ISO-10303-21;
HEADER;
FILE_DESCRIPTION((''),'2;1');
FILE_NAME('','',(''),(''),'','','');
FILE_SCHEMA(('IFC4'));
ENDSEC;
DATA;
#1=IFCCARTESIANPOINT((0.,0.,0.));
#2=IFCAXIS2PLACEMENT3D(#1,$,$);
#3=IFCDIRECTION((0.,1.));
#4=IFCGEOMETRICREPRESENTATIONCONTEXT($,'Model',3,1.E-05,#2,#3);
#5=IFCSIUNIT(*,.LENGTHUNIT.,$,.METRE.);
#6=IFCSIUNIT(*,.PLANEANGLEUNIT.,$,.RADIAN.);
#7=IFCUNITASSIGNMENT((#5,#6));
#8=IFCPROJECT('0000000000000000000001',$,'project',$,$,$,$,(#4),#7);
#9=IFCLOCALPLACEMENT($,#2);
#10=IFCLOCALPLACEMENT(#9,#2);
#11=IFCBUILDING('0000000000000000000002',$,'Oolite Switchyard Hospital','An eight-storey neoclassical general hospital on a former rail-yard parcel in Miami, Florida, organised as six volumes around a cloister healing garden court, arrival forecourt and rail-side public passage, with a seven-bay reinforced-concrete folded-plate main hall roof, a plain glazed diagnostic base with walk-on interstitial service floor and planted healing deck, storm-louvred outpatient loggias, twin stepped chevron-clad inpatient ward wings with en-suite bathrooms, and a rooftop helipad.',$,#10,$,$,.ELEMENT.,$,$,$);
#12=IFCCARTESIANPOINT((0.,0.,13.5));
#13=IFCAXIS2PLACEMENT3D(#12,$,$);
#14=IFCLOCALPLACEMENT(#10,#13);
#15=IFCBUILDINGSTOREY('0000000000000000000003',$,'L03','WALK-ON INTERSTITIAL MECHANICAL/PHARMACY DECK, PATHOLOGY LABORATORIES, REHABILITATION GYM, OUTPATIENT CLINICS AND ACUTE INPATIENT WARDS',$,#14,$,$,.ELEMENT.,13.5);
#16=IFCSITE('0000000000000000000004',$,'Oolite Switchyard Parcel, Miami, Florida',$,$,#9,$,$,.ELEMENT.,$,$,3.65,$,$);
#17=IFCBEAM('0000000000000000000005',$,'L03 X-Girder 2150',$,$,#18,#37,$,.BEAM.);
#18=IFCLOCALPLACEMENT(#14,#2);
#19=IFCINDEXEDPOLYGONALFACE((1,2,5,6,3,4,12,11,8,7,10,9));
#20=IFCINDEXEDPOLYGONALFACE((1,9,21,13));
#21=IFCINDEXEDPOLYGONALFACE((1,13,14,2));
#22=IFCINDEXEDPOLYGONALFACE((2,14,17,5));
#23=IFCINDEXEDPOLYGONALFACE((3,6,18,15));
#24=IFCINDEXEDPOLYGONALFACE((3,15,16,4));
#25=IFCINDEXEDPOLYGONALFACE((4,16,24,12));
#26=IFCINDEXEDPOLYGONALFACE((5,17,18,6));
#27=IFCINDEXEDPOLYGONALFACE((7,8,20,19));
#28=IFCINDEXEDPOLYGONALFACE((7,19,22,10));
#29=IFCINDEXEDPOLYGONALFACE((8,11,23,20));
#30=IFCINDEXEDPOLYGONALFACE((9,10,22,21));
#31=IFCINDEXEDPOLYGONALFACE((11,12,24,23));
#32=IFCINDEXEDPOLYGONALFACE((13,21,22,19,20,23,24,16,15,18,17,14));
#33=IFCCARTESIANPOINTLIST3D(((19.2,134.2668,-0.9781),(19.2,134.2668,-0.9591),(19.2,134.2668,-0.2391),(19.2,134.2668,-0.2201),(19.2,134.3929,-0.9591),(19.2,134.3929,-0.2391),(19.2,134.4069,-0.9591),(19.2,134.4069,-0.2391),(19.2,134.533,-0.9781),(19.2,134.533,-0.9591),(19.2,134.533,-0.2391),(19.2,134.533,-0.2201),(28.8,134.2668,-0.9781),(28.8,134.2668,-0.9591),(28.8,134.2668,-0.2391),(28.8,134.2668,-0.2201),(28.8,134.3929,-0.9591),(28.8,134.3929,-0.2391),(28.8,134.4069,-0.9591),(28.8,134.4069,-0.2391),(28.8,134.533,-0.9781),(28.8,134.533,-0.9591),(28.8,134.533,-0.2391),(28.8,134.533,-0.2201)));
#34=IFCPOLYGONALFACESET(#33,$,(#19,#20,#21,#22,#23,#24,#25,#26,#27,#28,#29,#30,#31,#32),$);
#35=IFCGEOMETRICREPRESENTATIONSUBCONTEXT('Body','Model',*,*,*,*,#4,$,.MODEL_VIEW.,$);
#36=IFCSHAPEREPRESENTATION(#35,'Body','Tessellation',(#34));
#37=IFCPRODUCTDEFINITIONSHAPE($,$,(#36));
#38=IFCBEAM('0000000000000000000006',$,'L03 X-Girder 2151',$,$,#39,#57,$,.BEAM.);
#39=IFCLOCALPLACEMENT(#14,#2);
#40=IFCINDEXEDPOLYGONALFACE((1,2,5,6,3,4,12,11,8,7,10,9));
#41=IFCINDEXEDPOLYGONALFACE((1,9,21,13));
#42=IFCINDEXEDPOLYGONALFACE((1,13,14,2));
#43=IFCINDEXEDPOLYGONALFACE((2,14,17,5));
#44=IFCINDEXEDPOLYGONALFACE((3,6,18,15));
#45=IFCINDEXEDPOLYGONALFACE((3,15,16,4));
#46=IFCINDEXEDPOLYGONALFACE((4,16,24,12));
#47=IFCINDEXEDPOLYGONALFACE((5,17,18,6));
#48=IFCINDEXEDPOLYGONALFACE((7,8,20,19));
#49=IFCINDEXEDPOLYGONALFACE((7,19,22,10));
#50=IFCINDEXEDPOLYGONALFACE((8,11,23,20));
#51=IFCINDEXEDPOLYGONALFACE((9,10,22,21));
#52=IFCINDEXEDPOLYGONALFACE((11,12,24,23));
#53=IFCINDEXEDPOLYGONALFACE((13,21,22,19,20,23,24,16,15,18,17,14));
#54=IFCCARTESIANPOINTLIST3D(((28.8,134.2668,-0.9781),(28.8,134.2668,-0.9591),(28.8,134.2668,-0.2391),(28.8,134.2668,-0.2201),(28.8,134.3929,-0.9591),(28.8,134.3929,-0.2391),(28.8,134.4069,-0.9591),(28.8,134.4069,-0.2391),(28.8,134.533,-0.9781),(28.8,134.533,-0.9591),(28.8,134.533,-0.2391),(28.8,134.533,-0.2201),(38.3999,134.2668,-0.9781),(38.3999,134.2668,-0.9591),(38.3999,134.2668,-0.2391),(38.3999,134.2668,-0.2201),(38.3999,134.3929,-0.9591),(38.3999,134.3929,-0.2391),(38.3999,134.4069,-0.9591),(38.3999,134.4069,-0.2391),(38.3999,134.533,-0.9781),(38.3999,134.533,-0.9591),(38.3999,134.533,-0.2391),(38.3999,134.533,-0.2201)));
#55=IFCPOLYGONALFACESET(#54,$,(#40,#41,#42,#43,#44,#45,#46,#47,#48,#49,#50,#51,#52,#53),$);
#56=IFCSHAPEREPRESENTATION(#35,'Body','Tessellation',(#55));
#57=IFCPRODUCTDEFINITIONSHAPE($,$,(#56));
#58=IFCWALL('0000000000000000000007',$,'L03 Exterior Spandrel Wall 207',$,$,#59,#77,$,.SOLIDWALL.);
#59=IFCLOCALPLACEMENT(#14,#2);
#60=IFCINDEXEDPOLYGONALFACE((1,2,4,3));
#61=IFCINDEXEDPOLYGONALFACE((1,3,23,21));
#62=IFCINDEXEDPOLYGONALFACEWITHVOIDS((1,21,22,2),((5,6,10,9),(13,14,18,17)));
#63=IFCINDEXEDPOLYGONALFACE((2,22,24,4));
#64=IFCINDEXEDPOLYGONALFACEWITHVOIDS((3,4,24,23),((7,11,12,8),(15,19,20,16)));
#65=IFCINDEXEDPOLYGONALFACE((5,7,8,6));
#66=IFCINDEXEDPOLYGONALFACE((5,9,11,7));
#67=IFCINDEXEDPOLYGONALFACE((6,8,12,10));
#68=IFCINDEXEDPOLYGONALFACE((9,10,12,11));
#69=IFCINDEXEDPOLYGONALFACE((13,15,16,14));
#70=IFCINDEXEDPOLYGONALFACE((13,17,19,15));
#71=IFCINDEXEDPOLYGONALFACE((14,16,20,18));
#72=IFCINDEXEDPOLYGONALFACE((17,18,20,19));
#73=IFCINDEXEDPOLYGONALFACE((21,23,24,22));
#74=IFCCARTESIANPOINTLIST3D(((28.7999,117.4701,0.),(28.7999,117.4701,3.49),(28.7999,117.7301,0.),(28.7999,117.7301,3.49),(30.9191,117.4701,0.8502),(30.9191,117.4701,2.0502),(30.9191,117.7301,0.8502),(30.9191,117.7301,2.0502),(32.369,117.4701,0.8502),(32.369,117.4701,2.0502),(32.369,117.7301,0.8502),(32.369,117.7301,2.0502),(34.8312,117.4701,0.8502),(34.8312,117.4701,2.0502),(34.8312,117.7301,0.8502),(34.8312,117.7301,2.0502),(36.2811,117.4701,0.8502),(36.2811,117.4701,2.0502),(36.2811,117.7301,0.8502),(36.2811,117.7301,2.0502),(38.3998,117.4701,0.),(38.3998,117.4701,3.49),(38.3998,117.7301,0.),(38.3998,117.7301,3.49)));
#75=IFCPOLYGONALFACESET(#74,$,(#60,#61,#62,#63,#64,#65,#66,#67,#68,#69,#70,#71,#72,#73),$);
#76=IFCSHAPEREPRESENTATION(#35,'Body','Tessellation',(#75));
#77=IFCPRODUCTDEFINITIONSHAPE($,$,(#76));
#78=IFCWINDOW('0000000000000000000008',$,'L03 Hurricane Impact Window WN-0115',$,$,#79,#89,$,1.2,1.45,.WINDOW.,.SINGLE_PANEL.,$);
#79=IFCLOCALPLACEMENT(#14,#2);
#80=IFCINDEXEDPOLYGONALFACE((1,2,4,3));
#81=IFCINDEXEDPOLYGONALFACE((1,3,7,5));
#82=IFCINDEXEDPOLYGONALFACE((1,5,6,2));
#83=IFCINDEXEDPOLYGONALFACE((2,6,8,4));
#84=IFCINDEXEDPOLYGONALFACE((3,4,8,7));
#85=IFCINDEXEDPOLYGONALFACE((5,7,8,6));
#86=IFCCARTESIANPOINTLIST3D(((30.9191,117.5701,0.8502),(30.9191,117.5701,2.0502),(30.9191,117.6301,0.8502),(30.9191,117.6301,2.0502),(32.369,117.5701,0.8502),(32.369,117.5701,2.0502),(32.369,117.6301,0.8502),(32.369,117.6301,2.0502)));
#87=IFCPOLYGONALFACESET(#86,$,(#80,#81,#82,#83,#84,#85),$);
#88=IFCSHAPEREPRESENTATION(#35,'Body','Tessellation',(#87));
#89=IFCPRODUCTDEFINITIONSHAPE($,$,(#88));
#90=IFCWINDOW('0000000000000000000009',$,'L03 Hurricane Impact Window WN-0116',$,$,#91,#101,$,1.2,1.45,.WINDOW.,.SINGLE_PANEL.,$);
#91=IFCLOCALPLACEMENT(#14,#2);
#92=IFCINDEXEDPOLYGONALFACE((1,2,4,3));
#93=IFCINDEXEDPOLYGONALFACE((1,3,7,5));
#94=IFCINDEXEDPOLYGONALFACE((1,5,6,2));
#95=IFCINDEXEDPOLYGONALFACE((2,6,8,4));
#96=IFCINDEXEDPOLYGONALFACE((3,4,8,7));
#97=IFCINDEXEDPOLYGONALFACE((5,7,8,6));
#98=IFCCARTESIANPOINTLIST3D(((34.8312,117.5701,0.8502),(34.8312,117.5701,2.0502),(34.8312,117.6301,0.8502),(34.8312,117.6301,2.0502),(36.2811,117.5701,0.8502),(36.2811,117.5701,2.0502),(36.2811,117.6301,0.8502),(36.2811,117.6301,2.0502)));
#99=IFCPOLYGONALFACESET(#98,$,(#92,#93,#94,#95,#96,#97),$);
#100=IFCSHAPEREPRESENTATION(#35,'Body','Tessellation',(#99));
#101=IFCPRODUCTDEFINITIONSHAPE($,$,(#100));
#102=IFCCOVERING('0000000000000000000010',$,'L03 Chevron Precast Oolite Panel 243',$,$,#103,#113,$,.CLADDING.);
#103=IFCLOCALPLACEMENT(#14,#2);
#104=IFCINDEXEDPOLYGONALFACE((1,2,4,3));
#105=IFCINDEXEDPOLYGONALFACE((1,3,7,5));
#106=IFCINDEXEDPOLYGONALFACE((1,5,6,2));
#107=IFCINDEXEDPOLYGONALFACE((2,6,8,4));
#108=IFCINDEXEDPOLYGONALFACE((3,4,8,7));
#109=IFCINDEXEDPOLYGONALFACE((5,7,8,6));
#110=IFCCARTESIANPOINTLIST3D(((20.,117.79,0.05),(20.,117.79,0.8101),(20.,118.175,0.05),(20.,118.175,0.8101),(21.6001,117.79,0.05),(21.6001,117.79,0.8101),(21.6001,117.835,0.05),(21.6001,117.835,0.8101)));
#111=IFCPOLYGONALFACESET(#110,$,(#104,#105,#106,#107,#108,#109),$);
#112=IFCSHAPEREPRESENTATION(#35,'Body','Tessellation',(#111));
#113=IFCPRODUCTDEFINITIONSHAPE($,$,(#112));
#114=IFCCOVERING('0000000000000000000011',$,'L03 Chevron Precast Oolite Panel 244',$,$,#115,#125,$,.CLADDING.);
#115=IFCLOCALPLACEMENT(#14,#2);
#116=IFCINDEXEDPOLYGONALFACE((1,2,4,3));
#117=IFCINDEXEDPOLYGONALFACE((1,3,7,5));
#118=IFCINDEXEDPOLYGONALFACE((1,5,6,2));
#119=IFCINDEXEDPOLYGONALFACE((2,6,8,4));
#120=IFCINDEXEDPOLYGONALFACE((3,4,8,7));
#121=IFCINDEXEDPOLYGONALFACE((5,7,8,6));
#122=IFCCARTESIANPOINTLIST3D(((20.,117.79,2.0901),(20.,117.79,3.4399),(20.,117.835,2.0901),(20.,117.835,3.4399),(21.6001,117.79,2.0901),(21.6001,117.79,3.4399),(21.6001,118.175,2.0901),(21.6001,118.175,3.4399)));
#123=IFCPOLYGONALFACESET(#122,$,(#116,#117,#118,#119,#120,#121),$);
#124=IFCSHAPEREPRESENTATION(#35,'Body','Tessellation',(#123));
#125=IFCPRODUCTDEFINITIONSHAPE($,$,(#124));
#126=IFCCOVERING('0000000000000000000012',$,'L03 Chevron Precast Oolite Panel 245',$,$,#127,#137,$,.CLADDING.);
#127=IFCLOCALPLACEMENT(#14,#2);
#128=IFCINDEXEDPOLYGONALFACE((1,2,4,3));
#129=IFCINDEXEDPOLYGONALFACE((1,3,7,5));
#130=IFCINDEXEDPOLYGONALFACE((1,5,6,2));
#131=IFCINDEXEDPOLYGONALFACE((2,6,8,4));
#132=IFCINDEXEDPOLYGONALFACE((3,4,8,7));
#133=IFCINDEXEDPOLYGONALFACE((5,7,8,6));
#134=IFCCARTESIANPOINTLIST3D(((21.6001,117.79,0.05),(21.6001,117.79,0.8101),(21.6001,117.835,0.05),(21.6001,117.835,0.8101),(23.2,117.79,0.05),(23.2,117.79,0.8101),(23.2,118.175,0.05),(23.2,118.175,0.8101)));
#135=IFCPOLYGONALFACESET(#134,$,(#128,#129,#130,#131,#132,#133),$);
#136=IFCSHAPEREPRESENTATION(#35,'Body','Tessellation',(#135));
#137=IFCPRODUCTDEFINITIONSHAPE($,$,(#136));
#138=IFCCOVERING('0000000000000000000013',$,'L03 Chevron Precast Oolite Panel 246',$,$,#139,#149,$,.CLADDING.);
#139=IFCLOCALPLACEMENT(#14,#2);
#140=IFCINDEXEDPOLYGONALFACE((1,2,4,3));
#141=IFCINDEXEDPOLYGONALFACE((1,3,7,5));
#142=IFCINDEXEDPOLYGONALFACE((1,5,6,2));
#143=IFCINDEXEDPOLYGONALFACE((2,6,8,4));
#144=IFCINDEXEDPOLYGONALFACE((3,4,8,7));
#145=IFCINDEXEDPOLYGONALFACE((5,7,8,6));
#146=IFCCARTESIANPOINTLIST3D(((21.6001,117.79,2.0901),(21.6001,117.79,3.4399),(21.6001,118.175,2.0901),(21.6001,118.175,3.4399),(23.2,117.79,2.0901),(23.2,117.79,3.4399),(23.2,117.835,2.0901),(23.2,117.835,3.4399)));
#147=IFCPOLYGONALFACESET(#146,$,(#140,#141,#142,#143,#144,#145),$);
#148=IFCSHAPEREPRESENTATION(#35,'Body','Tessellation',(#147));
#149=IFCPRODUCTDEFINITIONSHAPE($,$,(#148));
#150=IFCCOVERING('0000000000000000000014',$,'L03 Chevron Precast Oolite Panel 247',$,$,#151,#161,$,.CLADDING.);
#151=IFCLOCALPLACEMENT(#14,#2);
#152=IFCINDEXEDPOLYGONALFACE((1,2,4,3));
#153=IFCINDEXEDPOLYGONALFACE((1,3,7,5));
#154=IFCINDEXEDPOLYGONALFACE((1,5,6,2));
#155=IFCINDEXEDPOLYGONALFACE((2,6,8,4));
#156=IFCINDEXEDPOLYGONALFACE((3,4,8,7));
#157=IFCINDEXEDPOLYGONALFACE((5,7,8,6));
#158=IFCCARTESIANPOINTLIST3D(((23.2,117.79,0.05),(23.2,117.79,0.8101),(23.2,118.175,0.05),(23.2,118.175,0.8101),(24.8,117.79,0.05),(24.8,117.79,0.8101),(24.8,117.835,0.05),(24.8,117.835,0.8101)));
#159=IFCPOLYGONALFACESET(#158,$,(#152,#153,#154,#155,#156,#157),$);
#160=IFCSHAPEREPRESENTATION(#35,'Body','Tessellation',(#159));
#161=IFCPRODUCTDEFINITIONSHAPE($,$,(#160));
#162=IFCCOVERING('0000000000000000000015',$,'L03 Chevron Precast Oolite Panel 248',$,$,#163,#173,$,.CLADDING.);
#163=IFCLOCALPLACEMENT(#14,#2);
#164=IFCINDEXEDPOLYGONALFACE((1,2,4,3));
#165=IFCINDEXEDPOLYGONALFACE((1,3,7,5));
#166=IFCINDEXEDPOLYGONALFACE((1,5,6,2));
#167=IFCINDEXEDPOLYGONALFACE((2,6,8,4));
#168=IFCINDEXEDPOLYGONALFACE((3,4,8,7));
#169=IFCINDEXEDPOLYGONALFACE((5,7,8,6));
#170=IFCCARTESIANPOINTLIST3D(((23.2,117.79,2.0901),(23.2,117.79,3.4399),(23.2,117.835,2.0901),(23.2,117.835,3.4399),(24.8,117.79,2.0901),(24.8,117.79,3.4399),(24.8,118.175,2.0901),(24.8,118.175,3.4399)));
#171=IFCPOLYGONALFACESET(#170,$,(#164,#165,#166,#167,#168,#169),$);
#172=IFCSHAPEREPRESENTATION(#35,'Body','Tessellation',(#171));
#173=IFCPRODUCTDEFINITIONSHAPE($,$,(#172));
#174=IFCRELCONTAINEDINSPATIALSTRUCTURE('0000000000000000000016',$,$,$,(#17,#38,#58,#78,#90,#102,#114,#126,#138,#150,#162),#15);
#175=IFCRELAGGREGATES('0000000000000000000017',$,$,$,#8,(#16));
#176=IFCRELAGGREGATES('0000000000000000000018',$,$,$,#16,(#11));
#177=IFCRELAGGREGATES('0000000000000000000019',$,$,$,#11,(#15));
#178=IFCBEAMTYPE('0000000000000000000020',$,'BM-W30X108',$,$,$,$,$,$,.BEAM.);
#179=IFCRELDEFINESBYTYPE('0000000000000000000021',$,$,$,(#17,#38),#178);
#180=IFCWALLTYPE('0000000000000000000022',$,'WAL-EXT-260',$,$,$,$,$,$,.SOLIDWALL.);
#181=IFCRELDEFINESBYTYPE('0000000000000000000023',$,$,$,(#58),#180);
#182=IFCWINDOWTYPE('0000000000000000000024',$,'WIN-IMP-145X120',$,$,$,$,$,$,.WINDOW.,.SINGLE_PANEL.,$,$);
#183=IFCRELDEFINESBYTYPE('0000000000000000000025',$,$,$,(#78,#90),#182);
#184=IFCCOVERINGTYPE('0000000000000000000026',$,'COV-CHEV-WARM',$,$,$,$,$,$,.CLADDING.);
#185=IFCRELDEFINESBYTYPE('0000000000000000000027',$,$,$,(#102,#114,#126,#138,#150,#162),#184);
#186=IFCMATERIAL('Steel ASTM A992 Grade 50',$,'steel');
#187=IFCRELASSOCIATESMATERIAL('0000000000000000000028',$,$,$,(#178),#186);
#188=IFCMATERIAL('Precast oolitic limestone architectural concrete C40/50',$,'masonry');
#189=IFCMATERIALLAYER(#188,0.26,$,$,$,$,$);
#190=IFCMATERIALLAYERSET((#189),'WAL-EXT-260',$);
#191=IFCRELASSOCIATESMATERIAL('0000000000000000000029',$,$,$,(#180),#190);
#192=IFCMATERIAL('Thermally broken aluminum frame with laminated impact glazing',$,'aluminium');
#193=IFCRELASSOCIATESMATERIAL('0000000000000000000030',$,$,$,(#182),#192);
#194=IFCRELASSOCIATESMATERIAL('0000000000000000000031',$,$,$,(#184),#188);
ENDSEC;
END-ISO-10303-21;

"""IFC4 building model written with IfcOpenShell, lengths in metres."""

from ifc_helpers import new_model, si_unit, direction, frame, frame_2d, origin, origin_2d, place, context, subcontext, project, spatial, polyline, rectangle, i_section, outline, extrude, material, layer, layer_set, material_profile, profile_set, type_object, element, fill, save


model = new_model("IFC4")

# Units and contexts
model_context = context("Model", 3, precision=1e-05, world=origin(), true_north=direction((0.0, 1.0)))
body_context = subcontext(model_context, "Body", "Model", "MODEL_VIEW")
ifc_project = project(units=[si_unit("LENGTHUNIT", "METRE"), si_unit("PLANEANGLEUNIT", "RADIAN")], contexts=[model_context])

# Site, building, storey
site_placement = place(None, origin())
site = spatial("IfcSite", under=ifc_project, at=site_placement, Name="Oolite Switchyard Parcel, Miami, Florida", CompositionType="ELEMENT", RefElevation=3.65)
building_placement = place(site_placement, origin())
building = spatial("IfcBuilding", under=site, at=building_placement, Name="Oolite Switchyard Hospital", Description="An eight-storey neoclassical general hospital on a former rail-yard parcel in Miami, Florida, organised as six volumes around a cloister healing garden court, arrival forecourt and rail-side public passage, with a seven-bay reinforced-concrete folded-plate main hall roof, a plain glazed diagnostic base with walk-on interstitial service floor and planted healing deck, storm-louvred outpatient loggias, twin stepped chevron-clad inpatient ward wings with en-suite bathrooms, and a rooftop helipad.", CompositionType="ELEMENT")
storey_placement = place(building_placement, frame((0.0, 0.0, 13.5)))
storey = spatial("IfcBuildingStorey", under=building, at=storey_placement, Name="L03", Description="WALK-ON INTERSTITIAL MECHANICAL/PHARMACY DECK, PATHOLOGY LABORATORIES, REHABILITATION GYM, OUTPATIENT CLINICS AND ACUTE INPATIENT WARDS", CompositionType="ELEMENT", Elevation=13.5)

# Beams
ifc_material_1 = material(Name="Steel ASTM A992 Grade 50", Category="steel")
ifc_material_profile_1 = material_profile(ifc_material_1, i_section(OverallWidth=0.2661, OverallDepth=0.7581, WebThickness=0.0139, FlangeThickness=0.019, at=origin_2d()), Name="W30X108")
ifc_profile_set_1 = profile_set([ifc_material_profile_1], Name="Steel ASTM A992 Grade 50")
beam_type_1 = type_object("IfcBeamType", Name="BM-W30X108", PredefinedType="BEAM", material=ifc_profile_set_1)
beam_1_placement = place(storey_placement, frame((19.2, 134.3999, -0.5991), z_axis=(1.0, 0.0, 0.0), x_axis=(0.0, 1.0, 0.0)))
element("IfcBeam", 1, at=beam_1_placement, inside=storey, type_object=beam_type_1, Name="L03 X-Girder 2150", PredefinedType="BEAM", context=body_context, shape_type="SweptSolid", body=[
    extrude(i_section(OverallWidth=0.2661, OverallDepth=0.7581, WebThickness=0.0139, FlangeThickness=0.019, at=origin_2d()), origin(), (0.0, 0.0, 1.0), 9.6001),
])
beam_2_placement = place(storey_placement, frame((28.8, 134.3999, -0.5991), z_axis=(1.0, 0.0, 0.0), x_axis=(0.0, 1.0, 0.0)))
element("IfcBeam", 2, at=beam_2_placement, inside=storey, type_object=beam_type_1, Name="L03 X-Girder 2151", PredefinedType="BEAM", context=body_context, shape_type="SweptSolid", body=[
    extrude(i_section(OverallWidth=0.2661, OverallDepth=0.7581, WebThickness=0.0139, FlangeThickness=0.019, at=origin_2d()), origin(), (0.0, 0.0, 1.0), 9.5999),
])

# Wall, openings, windows
ifc_material_2 = material(Name="Precast oolitic limestone architectural concrete C40/50", Category="masonry")
ifc_layer = layer(ifc_material_2, 0.26)
ifc_layer_set = layer_set([ifc_layer], Name="WAL-EXT-260")
wall_type = type_object("IfcWallType", Name="WAL-EXT-260", PredefinedType="SOLIDWALL", material=ifc_layer_set)
wall_placement = place(storey_placement, frame((28.8, 117.6001, 0.0), z_axis=(0.0, 0.0, 1.0), x_axis=(1.0, 0.0, 0.0)))
wall = element("IfcWall", 3, at=wall_placement, inside=storey, type_object=wall_type, Name="L03 Exterior Spandrel Wall 207", PredefinedType="SOLIDWALL", context=body_context, shape_type="SweptSolid", body=[
    extrude(rectangle(XDim=9.5999, YDim=0.26, at=frame_2d((4.7998, 0.0))), origin(), (0.0, 0.0, 1.0), 3.49),
])
opening_1_placement = place(wall_placement, frame((2.1189, 0.0, 0.8501)))
opening_1 = element("IfcOpeningElement", 4, at=opening_1_placement, cuts=wall, PredefinedType="OPENING", context=body_context, shape_type="SweptSolid", body=[
    extrude(rectangle(XDim=1.45, YDim=1.2, at=frame_2d((0.7251, 0.6001))), frame((0.0, 0.1401, 0.0), z_axis=(0.0, -1.0, 0.0), x_axis=(1.0, 0.0, 0.0)), (0.0, 0.0, 1.0), 0.28),
])
opening_2_placement = place(wall_placement, frame((6.031, 0.0, 0.8501)))
opening_2 = element("IfcOpeningElement", 5, at=opening_2_placement, cuts=wall, PredefinedType="OPENING", context=body_context, shape_type="SweptSolid", body=[
    extrude(rectangle(XDim=1.45, YDim=1.2, at=frame_2d((0.7251, 0.6001))), frame((0.0, 0.1401, 0.0), z_axis=(0.0, -1.0, 0.0), x_axis=(1.0, 0.0, 0.0)), (0.0, 0.0, 1.0), 0.28),
])
ifc_material_3 = material(Name="Thermally broken aluminum frame with laminated impact glazing", Category="aluminium")
window_type = type_object("IfcWindowType", Name="WIN-IMP-145X120", PartitioningType="SINGLE_PANEL", PredefinedType="WINDOW", material=ifc_material_3)
window_1_placement = place(opening_1_placement, origin())
window_1 = element("IfcWindow", 6, at=window_1_placement, inside=storey, type_object=window_type, Name="L03 Hurricane Impact Window WN-0115", OverallHeight=1.2, OverallWidth=1.45, PartitioningType="SINGLE_PANEL", PredefinedType="WINDOW", context=body_context, shape_type="SweptSolid", body=[
    extrude(rectangle(XDim=1.45, YDim=1.2, at=frame_2d((0.7251, 0.6001))), frame((0.0, 0.03, 0.0), z_axis=(0.0, -1.0, 0.0), x_axis=(1.0, 0.0, 0.0)), (0.0, 0.0, 1.0), 0.0601),
])
fill(opening_1, window_1)
window_2_placement = place(opening_2_placement, origin())
window_2 = element("IfcWindow", 7, at=window_2_placement, inside=storey, type_object=window_type, Name="L03 Hurricane Impact Window WN-0116", OverallHeight=1.2, OverallWidth=1.45, PartitioningType="SINGLE_PANEL", PredefinedType="WINDOW", context=body_context, shape_type="SweptSolid", body=[
    extrude(rectangle(XDim=1.45, YDim=1.2, at=frame_2d((0.7251, 0.6001))), frame((0.0, 0.03, 0.0), z_axis=(0.0, -1.0, 0.0), x_axis=(1.0, 0.0, 0.0)), (0.0, 0.0, 1.0), 0.0601),
])
fill(opening_2, window_2)

# Coverings
covering_type = type_object("IfcCoveringType", Name="COV-CHEV-WARM", PredefinedType="CLADDING", material=ifc_material_2)
covering_1_placement = place(storey_placement, frame((20.0, 117.79, 0.05), z_axis=(0.0, 0.0, 1.0), x_axis=(1.0, 0.0, 0.0)))
element("IfcCovering", 8, at=covering_1_placement, inside=storey, type_object=covering_type, Name="L03 Chevron Precast Oolite Panel 243", PredefinedType="CLADDING", context=body_context, shape_type="SweptSolid", body=[
    extrude(outline(polyline([(0.0, 0.0), (1.6001, 0.0), (1.6001, 0.0449), (0.0, 0.385), (0.0, 0.0)])), origin(), (0.0, 0.0, 1.0), 0.76),
])
covering_2_placement = place(storey_placement, frame((20.0, 117.79, 2.0901), z_axis=(0.0, 0.0, 1.0), x_axis=(1.0, 0.0, 0.0)))
element("IfcCovering", 9, at=covering_2_placement, inside=storey, type_object=covering_type, Name="L03 Chevron Precast Oolite Panel 244", PredefinedType="CLADDING", context=body_context, shape_type="SweptSolid", body=[
    extrude(outline(polyline([(0.0, 0.0), (1.6001, 0.0), (1.6001, 0.385), (0.0, 0.0449), (0.0, 0.0)])), origin(), (0.0, 0.0, 1.0), 1.3499),
])
covering_3_placement = place(storey_placement, frame((21.6001, 117.79, 0.05), z_axis=(0.0, 0.0, 1.0), x_axis=(1.0, 0.0, 0.0)))
element("IfcCovering", 10, at=covering_3_placement, inside=storey, type_object=covering_type, Name="L03 Chevron Precast Oolite Panel 245", PredefinedType="CLADDING", context=body_context, shape_type="SweptSolid", body=[
    extrude(outline(polyline([(0.0, 0.0), (1.5999, 0.0), (1.5999, 0.385), (0.0, 0.0449), (0.0, 0.0)])), origin(), (0.0, 0.0, 1.0), 0.76),
])
covering_4_placement = place(storey_placement, frame((21.6001, 117.79, 2.0901), z_axis=(0.0, 0.0, 1.0), x_axis=(1.0, 0.0, 0.0)))
element("IfcCovering", 11, at=covering_4_placement, inside=storey, type_object=covering_type, Name="L03 Chevron Precast Oolite Panel 246", PredefinedType="CLADDING", context=body_context, shape_type="SweptSolid", body=[
    extrude(outline(polyline([(0.0, 0.0), (1.5999, 0.0), (1.5999, 0.0449), (0.0, 0.385), (0.0, 0.0)])), origin(), (0.0, 0.0, 1.0), 1.3499),
])
covering_5_placement = place(storey_placement, frame((23.2, 117.79, 0.05), z_axis=(0.0, 0.0, 1.0), x_axis=(1.0, 0.0, 0.0)))
element("IfcCovering", 12, at=covering_5_placement, inside=storey, type_object=covering_type, Name="L03 Chevron Precast Oolite Panel 247", PredefinedType="CLADDING", context=body_context, shape_type="SweptSolid", body=[
    extrude(outline(polyline([(0.0, 0.0), (1.6001, 0.0), (1.6001, 0.0449), (0.0, 0.385), (0.0, 0.0)])), origin(), (0.0, 0.0, 1.0), 0.76),
])
covering_6_placement = place(storey_placement, frame((23.2, 117.79, 2.0901), z_axis=(0.0, 0.0, 1.0), x_axis=(1.0, 0.0, 0.0)))
element("IfcCovering", 13, at=covering_6_placement, inside=storey, type_object=covering_type, Name="L03 Chevron Precast Oolite Panel 248", PredefinedType="CLADDING", context=body_context, shape_type="SweptSolid", body=[
    extrude(outline(polyline([(0.0, 0.0), (1.6001, 0.0), (1.6001, 0.385), (0.0, 0.0449), (0.0, 0.0)])), origin(), (0.0, 0.0, 1.0), 1.3499),
])

save(model, "model.ifc")
